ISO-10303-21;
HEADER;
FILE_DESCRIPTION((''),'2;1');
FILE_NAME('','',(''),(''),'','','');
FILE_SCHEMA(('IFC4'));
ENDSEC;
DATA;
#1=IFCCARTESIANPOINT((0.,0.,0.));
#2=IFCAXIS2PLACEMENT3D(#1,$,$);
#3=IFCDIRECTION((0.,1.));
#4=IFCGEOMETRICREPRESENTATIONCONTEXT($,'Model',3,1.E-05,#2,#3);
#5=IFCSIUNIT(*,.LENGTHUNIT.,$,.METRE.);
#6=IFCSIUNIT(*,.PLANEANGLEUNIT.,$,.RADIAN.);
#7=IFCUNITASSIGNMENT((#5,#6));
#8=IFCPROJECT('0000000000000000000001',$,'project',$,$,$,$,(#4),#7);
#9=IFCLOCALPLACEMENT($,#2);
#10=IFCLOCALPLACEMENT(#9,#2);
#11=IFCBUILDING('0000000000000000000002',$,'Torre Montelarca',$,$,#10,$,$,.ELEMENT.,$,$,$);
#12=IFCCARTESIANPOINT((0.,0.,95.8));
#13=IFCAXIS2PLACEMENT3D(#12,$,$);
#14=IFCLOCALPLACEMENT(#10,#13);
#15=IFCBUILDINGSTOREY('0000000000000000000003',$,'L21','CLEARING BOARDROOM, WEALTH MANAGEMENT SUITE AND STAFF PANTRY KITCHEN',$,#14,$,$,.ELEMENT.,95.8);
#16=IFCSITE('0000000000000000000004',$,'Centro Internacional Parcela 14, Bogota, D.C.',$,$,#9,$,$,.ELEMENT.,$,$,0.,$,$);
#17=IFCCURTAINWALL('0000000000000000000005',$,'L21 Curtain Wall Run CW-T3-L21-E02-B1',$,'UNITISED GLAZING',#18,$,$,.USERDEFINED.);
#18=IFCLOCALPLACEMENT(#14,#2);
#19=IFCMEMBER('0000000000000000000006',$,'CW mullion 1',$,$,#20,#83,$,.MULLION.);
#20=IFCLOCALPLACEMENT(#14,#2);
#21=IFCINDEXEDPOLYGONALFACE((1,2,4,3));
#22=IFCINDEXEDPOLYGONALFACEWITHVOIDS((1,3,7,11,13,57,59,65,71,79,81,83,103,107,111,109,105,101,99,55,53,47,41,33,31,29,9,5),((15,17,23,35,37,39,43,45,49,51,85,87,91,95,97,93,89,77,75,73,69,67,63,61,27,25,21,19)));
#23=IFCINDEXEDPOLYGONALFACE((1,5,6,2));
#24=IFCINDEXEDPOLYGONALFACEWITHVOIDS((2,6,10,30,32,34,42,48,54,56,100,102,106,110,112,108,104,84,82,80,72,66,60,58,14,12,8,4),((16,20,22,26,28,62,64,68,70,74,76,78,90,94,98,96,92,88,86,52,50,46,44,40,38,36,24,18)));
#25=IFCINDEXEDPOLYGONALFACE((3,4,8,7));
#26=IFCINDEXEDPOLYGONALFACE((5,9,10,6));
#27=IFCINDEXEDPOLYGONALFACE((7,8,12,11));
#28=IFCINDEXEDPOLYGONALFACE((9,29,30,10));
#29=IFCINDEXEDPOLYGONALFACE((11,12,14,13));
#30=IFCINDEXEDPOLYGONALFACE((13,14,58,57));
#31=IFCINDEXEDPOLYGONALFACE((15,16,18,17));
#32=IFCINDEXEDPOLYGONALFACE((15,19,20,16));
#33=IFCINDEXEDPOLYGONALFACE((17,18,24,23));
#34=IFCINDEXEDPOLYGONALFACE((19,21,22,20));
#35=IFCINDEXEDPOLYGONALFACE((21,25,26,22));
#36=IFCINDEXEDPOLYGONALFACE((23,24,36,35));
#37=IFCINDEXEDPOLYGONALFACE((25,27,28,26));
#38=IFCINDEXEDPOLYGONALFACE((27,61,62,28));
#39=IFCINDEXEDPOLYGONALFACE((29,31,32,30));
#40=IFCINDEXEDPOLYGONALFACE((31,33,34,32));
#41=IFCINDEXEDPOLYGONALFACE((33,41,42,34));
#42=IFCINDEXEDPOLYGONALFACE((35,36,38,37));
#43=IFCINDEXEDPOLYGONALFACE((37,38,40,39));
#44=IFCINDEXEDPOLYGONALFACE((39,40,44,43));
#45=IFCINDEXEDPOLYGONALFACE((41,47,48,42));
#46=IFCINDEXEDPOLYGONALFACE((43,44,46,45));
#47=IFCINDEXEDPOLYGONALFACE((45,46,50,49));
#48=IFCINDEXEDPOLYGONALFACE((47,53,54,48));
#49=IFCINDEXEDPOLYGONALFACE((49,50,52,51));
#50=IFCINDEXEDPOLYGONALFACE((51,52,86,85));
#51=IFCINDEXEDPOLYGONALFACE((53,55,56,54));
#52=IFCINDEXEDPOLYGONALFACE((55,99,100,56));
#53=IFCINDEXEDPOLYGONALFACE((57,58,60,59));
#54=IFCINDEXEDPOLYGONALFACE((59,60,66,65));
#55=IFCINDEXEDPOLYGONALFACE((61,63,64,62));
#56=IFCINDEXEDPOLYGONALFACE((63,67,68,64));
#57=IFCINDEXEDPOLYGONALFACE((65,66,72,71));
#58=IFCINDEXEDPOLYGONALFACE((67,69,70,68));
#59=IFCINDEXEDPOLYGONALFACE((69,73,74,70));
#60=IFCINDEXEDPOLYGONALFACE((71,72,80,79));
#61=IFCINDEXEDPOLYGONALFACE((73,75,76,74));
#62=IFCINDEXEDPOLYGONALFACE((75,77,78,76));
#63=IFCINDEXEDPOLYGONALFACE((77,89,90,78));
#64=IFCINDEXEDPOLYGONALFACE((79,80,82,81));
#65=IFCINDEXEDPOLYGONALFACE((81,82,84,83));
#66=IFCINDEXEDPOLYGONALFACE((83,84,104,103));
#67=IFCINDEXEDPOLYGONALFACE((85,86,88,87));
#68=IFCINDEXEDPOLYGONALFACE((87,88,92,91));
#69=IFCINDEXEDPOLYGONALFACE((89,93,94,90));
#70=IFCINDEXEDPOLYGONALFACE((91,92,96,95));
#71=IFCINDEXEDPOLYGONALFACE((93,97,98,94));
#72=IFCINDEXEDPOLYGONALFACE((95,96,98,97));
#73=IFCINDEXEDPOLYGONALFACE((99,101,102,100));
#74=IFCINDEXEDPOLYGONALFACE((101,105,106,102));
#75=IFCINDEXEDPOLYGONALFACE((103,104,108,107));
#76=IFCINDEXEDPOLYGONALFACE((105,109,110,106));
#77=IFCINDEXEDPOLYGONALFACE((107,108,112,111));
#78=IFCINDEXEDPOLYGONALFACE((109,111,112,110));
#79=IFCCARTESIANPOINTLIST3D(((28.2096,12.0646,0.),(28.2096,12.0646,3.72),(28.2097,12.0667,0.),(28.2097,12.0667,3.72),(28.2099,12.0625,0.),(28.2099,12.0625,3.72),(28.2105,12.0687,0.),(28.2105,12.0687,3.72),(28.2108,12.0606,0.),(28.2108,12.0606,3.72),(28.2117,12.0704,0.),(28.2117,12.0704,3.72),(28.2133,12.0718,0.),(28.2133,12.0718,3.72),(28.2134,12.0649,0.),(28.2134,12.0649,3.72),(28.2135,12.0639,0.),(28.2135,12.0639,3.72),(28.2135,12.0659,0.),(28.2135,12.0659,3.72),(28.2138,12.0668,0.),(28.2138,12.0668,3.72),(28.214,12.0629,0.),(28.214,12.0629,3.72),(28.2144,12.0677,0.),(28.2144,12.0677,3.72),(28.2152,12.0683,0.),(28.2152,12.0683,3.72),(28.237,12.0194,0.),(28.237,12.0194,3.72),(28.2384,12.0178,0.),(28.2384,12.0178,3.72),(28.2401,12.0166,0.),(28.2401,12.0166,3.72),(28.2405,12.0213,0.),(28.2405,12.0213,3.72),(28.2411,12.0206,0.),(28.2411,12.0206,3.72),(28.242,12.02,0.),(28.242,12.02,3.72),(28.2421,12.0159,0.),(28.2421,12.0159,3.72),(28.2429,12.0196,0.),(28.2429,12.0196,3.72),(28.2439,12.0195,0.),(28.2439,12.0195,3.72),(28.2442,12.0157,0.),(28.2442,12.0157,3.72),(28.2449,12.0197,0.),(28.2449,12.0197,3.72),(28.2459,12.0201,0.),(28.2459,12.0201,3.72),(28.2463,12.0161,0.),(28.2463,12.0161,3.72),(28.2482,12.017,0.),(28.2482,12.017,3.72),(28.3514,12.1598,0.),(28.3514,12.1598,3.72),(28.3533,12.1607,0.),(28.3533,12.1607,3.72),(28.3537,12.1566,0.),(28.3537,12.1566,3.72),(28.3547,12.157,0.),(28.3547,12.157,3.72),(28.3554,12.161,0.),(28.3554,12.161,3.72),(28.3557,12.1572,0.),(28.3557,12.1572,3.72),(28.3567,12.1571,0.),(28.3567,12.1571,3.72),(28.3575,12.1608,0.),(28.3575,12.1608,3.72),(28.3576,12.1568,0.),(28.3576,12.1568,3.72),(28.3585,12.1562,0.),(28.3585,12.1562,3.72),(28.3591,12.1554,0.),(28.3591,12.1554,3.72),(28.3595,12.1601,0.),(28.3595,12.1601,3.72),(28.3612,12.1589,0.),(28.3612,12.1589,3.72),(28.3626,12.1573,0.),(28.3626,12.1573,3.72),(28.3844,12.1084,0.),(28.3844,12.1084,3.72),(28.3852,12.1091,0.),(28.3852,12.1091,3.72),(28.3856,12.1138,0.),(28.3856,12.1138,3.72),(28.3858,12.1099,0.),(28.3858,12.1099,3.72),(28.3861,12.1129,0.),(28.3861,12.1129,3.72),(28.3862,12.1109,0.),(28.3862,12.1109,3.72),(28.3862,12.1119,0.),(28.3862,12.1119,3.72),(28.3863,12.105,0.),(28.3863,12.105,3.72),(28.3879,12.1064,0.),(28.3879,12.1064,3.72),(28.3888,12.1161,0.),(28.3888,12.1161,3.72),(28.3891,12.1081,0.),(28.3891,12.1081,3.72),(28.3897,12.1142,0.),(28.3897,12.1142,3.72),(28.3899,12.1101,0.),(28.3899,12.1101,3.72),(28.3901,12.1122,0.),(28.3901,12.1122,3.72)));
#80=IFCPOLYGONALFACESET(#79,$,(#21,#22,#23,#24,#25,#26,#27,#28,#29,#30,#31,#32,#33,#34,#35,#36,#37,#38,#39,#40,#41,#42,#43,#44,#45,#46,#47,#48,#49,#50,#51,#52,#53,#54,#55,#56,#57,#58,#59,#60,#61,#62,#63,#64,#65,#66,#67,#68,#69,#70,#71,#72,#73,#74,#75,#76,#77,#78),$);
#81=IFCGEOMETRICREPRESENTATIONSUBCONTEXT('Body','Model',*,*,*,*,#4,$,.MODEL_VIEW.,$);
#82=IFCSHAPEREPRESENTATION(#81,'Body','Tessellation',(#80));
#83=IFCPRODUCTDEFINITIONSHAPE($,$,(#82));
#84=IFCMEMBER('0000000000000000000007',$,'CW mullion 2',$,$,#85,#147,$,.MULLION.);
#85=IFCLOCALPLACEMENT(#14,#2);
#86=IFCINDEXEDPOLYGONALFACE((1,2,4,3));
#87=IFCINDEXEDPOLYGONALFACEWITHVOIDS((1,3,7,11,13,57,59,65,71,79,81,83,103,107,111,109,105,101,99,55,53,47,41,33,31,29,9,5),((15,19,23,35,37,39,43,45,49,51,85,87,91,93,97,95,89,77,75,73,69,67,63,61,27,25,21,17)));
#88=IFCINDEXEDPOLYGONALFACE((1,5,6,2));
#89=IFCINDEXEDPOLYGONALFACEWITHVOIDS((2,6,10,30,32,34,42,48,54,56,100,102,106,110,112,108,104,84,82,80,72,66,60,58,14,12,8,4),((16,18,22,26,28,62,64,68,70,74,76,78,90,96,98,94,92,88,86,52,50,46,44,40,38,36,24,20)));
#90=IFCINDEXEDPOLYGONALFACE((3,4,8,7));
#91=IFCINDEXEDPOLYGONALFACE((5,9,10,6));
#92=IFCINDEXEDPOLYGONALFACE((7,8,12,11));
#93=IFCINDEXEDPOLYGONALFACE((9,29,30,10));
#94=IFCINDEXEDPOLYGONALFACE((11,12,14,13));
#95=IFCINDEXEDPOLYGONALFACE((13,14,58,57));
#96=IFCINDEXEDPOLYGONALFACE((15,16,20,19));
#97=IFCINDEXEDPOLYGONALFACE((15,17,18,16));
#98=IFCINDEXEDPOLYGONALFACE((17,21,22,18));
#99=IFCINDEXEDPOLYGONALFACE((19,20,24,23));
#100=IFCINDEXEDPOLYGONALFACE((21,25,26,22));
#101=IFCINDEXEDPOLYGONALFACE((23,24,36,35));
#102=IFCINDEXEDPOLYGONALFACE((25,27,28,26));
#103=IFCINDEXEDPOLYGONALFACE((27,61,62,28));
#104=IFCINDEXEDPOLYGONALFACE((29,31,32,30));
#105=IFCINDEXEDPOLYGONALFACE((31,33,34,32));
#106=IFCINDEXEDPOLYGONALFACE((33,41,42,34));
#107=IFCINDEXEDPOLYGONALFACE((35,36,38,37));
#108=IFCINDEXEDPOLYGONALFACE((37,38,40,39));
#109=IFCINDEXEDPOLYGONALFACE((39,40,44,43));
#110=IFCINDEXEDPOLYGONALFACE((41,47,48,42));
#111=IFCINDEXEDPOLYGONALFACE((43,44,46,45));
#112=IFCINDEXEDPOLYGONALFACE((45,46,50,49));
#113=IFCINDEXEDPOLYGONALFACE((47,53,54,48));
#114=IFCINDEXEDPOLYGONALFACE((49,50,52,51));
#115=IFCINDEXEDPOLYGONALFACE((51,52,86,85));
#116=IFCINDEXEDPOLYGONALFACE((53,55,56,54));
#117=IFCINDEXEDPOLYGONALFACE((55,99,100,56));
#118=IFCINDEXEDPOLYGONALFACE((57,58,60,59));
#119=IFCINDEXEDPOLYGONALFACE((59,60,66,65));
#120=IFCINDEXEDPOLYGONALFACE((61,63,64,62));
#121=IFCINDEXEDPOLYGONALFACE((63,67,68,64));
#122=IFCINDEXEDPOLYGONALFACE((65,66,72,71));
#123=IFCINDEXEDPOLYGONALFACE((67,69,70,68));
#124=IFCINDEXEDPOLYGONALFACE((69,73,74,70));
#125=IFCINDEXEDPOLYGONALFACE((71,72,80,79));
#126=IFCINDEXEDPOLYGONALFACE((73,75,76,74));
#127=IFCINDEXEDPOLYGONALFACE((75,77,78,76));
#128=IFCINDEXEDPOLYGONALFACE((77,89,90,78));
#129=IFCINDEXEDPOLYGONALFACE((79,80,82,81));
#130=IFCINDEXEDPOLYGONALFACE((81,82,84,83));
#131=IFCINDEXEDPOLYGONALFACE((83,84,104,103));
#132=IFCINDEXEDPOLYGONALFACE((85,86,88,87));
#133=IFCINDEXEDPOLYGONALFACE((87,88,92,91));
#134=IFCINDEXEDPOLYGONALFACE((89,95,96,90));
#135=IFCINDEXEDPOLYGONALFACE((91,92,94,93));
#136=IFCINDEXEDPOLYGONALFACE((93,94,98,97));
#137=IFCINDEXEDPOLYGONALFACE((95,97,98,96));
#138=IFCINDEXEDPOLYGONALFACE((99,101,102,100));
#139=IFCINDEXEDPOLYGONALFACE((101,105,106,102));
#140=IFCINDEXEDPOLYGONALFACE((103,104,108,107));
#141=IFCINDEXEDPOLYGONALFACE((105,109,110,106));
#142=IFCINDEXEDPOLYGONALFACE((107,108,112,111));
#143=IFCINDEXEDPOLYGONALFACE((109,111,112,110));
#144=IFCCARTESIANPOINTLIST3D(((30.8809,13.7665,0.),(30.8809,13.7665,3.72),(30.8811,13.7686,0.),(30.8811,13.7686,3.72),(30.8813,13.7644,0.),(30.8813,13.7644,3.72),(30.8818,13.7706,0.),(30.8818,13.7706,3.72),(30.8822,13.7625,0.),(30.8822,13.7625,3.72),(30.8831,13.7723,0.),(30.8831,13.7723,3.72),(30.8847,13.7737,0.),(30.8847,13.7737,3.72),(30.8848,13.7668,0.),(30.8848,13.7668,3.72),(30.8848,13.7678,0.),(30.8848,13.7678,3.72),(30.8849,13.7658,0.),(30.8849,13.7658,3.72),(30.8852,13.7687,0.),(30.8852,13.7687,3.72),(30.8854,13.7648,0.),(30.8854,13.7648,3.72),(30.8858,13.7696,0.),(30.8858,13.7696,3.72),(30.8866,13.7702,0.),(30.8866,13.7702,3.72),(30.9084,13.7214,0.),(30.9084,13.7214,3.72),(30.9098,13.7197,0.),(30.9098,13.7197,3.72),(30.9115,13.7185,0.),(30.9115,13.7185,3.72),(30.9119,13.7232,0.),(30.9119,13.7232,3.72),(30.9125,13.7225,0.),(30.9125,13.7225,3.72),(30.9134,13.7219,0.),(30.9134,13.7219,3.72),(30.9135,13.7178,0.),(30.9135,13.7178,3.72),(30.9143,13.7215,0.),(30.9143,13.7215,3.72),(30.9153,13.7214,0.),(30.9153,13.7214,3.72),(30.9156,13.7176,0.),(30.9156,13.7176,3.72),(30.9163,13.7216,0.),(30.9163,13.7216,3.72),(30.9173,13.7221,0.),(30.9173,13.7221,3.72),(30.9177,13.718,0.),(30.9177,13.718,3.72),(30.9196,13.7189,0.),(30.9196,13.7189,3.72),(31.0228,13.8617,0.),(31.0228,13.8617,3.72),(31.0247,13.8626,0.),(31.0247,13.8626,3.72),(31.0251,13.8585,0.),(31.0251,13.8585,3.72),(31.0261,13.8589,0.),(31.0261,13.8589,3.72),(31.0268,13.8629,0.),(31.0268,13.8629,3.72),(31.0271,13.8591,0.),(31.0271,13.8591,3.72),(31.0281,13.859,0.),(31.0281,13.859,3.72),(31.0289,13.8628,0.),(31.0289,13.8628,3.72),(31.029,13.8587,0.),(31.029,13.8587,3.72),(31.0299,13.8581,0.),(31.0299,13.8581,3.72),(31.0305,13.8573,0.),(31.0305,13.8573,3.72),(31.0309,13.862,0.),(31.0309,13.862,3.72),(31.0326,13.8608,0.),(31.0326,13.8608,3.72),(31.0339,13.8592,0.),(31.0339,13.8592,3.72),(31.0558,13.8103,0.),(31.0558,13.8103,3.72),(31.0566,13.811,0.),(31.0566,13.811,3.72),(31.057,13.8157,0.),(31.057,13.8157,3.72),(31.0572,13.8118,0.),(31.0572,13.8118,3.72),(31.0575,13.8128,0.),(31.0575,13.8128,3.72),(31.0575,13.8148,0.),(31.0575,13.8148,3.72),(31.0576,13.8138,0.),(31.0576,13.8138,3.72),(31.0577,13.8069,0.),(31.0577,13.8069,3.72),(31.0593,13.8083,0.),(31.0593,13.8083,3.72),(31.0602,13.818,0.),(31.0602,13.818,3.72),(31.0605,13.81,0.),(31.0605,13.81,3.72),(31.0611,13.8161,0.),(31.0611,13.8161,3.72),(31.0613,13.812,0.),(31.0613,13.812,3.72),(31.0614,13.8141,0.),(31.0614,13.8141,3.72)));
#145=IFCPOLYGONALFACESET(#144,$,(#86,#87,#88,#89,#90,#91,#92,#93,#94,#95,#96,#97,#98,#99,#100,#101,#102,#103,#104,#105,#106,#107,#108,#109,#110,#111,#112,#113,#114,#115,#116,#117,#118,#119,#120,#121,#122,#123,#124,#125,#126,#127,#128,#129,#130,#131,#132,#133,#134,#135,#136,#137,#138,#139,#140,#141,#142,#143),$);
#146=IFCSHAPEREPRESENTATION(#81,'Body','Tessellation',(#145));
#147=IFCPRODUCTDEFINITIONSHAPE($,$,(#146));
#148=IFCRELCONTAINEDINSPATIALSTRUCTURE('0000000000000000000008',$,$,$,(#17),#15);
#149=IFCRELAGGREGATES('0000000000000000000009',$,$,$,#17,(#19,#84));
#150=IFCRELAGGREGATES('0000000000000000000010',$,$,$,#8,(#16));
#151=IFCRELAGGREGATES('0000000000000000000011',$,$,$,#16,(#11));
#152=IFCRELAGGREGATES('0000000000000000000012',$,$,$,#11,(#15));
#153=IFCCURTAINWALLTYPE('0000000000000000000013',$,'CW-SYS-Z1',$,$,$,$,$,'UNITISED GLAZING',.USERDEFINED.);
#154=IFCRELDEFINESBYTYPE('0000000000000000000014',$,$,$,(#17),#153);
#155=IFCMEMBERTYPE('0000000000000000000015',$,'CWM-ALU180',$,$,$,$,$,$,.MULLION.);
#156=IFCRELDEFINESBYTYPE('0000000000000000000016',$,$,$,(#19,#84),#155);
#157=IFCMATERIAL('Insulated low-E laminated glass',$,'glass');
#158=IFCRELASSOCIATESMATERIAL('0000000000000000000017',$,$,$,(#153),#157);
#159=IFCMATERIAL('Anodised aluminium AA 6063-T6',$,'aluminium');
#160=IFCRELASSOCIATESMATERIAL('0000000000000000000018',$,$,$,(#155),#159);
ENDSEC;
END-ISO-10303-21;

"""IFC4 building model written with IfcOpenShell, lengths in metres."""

from ifc_helpers import new_model, si_unit, direction, frame, origin, origin_2d, place, context, subcontext, project, spatial, hollow_rectangle, extrude, source, transform, mapped, material, material_profile, profile_set, type_object, element, aggregate, save


model = new_model("IFC4")

# Units and contexts
model_context = context("Model", 3, precision=1e-05, world=origin(), true_north=direction((0.0, 1.0)))
body_context = subcontext(model_context, "Body", "Model", "MODEL_VIEW")
ifc_project = project(units=[si_unit("LENGTHUNIT", "METRE"), si_unit("PLANEANGLEUNIT", "RADIAN")], contexts=[model_context])

# Site, building, storey
site_placement = place(None, origin())
site = spatial("IfcSite", under=ifc_project, at=site_placement, Name="Centro Internacional Parcela 14, Bogota, D.C.", CompositionType="ELEMENT", RefElevation=0.0)
building_placement = place(site_placement, origin())
building = spatial("IfcBuilding", under=site, at=building_placement, Name="Torre Montelarca", CompositionType="ELEMENT")
storey_placement = place(building_placement, frame((0.0, 0.0, 95.8)))
storey = spatial("IfcBuildingStorey", under=building, at=storey_placement, Name="L21", Description="CLEARING BOARDROOM, WEALTH MANAGEMENT SUITE AND STAFF PANTRY KITCHEN", CompositionType="ELEMENT", Elevation=95.8)

# Curtain wall
ifc_material_1 = material(Name="Insulated low-E laminated glass", Category="glass")
curtain_wall_type = type_object("IfcCurtainWallType", Name="CW-SYS-Z1", ElementType="UNITISED GLAZING", PredefinedType="USERDEFINED", material=ifc_material_1)
curtain_wall_1_placement = place(storey_placement, origin())
curtain_wall_1 = element("IfcCurtainWall", 1, at=curtain_wall_1_placement, inside=storey, type_object=curtain_wall_type, Name="L21 Curtain Wall Run CW-T3-L21-E02-B1", ObjectType="UNITISED GLAZING", PredefinedType="USERDEFINED")
ifc_material_2 = material(Name="Anodised aluminium AA 6063-T6", Category="aluminium")

# Members
ifc_material_profile_1 = material_profile(ifc_material_2, hollow_rectangle(XDim=0.0649, YDim=0.1799, WallThickness=0.0039, InnerFilletRadius=0.0039, OuterFilletRadius=0.0081, at=origin_2d()), Name="ALU65X180X4", Category="aluminium")
ifc_profile_set_1 = profile_set([ifc_material_profile_1], Name="Anodised aluminium AA 6063-T6")
member_type_1 = type_object("IfcMemberType", Name="CWM-ALU180", PredefinedType="MULLION", material=ifc_profile_set_1)
shared_shape_1 = source(origin(), body_context, "Body", "SweptSolid", [
    extrude(hollow_rectangle(XDim=0.0649, YDim=0.1799, WallThickness=0.0039, InnerFilletRadius=0.0039, OuterFilletRadius=0.0081, at=origin_2d()), origin(), (0.0, 0.0, 1.0), 3.72),
])
member_1_placement = place(storey_placement, frame((28.2998, 12.0884, 0.0), z_axis=(0.0, 0.0, 1.0), x_axis=(-0.537312, 0.843383, 0.0)))
member_1 = element("IfcMember", 2, at=member_1_placement, type_object=member_type_1, Name="CW mullion 1", PredefinedType="MULLION", context=body_context, shape_type="MappedRepresentation", body=[
    mapped(shared_shape_1, transform((0.0, 0.0, 0.0), scale=1.0)),
])
member_2_placement = place(storey_placement, frame((30.9712, 13.7903, 0.0), z_axis=(0.0, 0.0, 1.0), x_axis=(-0.537312, 0.843383, 0.0)))
member_2 = element("IfcMember", 3, at=member_2_placement, type_object=member_type_1, Name="CW mullion 2", PredefinedType="MULLION", context=body_context, shape_type="MappedRepresentation", body=[
    mapped(shared_shape_1, transform((0.0, 0.0, 0.0), scale=1.0)),
])

aggregate(curtain_wall_1, [member_1, member_2])

save(model, "model.ifc")
